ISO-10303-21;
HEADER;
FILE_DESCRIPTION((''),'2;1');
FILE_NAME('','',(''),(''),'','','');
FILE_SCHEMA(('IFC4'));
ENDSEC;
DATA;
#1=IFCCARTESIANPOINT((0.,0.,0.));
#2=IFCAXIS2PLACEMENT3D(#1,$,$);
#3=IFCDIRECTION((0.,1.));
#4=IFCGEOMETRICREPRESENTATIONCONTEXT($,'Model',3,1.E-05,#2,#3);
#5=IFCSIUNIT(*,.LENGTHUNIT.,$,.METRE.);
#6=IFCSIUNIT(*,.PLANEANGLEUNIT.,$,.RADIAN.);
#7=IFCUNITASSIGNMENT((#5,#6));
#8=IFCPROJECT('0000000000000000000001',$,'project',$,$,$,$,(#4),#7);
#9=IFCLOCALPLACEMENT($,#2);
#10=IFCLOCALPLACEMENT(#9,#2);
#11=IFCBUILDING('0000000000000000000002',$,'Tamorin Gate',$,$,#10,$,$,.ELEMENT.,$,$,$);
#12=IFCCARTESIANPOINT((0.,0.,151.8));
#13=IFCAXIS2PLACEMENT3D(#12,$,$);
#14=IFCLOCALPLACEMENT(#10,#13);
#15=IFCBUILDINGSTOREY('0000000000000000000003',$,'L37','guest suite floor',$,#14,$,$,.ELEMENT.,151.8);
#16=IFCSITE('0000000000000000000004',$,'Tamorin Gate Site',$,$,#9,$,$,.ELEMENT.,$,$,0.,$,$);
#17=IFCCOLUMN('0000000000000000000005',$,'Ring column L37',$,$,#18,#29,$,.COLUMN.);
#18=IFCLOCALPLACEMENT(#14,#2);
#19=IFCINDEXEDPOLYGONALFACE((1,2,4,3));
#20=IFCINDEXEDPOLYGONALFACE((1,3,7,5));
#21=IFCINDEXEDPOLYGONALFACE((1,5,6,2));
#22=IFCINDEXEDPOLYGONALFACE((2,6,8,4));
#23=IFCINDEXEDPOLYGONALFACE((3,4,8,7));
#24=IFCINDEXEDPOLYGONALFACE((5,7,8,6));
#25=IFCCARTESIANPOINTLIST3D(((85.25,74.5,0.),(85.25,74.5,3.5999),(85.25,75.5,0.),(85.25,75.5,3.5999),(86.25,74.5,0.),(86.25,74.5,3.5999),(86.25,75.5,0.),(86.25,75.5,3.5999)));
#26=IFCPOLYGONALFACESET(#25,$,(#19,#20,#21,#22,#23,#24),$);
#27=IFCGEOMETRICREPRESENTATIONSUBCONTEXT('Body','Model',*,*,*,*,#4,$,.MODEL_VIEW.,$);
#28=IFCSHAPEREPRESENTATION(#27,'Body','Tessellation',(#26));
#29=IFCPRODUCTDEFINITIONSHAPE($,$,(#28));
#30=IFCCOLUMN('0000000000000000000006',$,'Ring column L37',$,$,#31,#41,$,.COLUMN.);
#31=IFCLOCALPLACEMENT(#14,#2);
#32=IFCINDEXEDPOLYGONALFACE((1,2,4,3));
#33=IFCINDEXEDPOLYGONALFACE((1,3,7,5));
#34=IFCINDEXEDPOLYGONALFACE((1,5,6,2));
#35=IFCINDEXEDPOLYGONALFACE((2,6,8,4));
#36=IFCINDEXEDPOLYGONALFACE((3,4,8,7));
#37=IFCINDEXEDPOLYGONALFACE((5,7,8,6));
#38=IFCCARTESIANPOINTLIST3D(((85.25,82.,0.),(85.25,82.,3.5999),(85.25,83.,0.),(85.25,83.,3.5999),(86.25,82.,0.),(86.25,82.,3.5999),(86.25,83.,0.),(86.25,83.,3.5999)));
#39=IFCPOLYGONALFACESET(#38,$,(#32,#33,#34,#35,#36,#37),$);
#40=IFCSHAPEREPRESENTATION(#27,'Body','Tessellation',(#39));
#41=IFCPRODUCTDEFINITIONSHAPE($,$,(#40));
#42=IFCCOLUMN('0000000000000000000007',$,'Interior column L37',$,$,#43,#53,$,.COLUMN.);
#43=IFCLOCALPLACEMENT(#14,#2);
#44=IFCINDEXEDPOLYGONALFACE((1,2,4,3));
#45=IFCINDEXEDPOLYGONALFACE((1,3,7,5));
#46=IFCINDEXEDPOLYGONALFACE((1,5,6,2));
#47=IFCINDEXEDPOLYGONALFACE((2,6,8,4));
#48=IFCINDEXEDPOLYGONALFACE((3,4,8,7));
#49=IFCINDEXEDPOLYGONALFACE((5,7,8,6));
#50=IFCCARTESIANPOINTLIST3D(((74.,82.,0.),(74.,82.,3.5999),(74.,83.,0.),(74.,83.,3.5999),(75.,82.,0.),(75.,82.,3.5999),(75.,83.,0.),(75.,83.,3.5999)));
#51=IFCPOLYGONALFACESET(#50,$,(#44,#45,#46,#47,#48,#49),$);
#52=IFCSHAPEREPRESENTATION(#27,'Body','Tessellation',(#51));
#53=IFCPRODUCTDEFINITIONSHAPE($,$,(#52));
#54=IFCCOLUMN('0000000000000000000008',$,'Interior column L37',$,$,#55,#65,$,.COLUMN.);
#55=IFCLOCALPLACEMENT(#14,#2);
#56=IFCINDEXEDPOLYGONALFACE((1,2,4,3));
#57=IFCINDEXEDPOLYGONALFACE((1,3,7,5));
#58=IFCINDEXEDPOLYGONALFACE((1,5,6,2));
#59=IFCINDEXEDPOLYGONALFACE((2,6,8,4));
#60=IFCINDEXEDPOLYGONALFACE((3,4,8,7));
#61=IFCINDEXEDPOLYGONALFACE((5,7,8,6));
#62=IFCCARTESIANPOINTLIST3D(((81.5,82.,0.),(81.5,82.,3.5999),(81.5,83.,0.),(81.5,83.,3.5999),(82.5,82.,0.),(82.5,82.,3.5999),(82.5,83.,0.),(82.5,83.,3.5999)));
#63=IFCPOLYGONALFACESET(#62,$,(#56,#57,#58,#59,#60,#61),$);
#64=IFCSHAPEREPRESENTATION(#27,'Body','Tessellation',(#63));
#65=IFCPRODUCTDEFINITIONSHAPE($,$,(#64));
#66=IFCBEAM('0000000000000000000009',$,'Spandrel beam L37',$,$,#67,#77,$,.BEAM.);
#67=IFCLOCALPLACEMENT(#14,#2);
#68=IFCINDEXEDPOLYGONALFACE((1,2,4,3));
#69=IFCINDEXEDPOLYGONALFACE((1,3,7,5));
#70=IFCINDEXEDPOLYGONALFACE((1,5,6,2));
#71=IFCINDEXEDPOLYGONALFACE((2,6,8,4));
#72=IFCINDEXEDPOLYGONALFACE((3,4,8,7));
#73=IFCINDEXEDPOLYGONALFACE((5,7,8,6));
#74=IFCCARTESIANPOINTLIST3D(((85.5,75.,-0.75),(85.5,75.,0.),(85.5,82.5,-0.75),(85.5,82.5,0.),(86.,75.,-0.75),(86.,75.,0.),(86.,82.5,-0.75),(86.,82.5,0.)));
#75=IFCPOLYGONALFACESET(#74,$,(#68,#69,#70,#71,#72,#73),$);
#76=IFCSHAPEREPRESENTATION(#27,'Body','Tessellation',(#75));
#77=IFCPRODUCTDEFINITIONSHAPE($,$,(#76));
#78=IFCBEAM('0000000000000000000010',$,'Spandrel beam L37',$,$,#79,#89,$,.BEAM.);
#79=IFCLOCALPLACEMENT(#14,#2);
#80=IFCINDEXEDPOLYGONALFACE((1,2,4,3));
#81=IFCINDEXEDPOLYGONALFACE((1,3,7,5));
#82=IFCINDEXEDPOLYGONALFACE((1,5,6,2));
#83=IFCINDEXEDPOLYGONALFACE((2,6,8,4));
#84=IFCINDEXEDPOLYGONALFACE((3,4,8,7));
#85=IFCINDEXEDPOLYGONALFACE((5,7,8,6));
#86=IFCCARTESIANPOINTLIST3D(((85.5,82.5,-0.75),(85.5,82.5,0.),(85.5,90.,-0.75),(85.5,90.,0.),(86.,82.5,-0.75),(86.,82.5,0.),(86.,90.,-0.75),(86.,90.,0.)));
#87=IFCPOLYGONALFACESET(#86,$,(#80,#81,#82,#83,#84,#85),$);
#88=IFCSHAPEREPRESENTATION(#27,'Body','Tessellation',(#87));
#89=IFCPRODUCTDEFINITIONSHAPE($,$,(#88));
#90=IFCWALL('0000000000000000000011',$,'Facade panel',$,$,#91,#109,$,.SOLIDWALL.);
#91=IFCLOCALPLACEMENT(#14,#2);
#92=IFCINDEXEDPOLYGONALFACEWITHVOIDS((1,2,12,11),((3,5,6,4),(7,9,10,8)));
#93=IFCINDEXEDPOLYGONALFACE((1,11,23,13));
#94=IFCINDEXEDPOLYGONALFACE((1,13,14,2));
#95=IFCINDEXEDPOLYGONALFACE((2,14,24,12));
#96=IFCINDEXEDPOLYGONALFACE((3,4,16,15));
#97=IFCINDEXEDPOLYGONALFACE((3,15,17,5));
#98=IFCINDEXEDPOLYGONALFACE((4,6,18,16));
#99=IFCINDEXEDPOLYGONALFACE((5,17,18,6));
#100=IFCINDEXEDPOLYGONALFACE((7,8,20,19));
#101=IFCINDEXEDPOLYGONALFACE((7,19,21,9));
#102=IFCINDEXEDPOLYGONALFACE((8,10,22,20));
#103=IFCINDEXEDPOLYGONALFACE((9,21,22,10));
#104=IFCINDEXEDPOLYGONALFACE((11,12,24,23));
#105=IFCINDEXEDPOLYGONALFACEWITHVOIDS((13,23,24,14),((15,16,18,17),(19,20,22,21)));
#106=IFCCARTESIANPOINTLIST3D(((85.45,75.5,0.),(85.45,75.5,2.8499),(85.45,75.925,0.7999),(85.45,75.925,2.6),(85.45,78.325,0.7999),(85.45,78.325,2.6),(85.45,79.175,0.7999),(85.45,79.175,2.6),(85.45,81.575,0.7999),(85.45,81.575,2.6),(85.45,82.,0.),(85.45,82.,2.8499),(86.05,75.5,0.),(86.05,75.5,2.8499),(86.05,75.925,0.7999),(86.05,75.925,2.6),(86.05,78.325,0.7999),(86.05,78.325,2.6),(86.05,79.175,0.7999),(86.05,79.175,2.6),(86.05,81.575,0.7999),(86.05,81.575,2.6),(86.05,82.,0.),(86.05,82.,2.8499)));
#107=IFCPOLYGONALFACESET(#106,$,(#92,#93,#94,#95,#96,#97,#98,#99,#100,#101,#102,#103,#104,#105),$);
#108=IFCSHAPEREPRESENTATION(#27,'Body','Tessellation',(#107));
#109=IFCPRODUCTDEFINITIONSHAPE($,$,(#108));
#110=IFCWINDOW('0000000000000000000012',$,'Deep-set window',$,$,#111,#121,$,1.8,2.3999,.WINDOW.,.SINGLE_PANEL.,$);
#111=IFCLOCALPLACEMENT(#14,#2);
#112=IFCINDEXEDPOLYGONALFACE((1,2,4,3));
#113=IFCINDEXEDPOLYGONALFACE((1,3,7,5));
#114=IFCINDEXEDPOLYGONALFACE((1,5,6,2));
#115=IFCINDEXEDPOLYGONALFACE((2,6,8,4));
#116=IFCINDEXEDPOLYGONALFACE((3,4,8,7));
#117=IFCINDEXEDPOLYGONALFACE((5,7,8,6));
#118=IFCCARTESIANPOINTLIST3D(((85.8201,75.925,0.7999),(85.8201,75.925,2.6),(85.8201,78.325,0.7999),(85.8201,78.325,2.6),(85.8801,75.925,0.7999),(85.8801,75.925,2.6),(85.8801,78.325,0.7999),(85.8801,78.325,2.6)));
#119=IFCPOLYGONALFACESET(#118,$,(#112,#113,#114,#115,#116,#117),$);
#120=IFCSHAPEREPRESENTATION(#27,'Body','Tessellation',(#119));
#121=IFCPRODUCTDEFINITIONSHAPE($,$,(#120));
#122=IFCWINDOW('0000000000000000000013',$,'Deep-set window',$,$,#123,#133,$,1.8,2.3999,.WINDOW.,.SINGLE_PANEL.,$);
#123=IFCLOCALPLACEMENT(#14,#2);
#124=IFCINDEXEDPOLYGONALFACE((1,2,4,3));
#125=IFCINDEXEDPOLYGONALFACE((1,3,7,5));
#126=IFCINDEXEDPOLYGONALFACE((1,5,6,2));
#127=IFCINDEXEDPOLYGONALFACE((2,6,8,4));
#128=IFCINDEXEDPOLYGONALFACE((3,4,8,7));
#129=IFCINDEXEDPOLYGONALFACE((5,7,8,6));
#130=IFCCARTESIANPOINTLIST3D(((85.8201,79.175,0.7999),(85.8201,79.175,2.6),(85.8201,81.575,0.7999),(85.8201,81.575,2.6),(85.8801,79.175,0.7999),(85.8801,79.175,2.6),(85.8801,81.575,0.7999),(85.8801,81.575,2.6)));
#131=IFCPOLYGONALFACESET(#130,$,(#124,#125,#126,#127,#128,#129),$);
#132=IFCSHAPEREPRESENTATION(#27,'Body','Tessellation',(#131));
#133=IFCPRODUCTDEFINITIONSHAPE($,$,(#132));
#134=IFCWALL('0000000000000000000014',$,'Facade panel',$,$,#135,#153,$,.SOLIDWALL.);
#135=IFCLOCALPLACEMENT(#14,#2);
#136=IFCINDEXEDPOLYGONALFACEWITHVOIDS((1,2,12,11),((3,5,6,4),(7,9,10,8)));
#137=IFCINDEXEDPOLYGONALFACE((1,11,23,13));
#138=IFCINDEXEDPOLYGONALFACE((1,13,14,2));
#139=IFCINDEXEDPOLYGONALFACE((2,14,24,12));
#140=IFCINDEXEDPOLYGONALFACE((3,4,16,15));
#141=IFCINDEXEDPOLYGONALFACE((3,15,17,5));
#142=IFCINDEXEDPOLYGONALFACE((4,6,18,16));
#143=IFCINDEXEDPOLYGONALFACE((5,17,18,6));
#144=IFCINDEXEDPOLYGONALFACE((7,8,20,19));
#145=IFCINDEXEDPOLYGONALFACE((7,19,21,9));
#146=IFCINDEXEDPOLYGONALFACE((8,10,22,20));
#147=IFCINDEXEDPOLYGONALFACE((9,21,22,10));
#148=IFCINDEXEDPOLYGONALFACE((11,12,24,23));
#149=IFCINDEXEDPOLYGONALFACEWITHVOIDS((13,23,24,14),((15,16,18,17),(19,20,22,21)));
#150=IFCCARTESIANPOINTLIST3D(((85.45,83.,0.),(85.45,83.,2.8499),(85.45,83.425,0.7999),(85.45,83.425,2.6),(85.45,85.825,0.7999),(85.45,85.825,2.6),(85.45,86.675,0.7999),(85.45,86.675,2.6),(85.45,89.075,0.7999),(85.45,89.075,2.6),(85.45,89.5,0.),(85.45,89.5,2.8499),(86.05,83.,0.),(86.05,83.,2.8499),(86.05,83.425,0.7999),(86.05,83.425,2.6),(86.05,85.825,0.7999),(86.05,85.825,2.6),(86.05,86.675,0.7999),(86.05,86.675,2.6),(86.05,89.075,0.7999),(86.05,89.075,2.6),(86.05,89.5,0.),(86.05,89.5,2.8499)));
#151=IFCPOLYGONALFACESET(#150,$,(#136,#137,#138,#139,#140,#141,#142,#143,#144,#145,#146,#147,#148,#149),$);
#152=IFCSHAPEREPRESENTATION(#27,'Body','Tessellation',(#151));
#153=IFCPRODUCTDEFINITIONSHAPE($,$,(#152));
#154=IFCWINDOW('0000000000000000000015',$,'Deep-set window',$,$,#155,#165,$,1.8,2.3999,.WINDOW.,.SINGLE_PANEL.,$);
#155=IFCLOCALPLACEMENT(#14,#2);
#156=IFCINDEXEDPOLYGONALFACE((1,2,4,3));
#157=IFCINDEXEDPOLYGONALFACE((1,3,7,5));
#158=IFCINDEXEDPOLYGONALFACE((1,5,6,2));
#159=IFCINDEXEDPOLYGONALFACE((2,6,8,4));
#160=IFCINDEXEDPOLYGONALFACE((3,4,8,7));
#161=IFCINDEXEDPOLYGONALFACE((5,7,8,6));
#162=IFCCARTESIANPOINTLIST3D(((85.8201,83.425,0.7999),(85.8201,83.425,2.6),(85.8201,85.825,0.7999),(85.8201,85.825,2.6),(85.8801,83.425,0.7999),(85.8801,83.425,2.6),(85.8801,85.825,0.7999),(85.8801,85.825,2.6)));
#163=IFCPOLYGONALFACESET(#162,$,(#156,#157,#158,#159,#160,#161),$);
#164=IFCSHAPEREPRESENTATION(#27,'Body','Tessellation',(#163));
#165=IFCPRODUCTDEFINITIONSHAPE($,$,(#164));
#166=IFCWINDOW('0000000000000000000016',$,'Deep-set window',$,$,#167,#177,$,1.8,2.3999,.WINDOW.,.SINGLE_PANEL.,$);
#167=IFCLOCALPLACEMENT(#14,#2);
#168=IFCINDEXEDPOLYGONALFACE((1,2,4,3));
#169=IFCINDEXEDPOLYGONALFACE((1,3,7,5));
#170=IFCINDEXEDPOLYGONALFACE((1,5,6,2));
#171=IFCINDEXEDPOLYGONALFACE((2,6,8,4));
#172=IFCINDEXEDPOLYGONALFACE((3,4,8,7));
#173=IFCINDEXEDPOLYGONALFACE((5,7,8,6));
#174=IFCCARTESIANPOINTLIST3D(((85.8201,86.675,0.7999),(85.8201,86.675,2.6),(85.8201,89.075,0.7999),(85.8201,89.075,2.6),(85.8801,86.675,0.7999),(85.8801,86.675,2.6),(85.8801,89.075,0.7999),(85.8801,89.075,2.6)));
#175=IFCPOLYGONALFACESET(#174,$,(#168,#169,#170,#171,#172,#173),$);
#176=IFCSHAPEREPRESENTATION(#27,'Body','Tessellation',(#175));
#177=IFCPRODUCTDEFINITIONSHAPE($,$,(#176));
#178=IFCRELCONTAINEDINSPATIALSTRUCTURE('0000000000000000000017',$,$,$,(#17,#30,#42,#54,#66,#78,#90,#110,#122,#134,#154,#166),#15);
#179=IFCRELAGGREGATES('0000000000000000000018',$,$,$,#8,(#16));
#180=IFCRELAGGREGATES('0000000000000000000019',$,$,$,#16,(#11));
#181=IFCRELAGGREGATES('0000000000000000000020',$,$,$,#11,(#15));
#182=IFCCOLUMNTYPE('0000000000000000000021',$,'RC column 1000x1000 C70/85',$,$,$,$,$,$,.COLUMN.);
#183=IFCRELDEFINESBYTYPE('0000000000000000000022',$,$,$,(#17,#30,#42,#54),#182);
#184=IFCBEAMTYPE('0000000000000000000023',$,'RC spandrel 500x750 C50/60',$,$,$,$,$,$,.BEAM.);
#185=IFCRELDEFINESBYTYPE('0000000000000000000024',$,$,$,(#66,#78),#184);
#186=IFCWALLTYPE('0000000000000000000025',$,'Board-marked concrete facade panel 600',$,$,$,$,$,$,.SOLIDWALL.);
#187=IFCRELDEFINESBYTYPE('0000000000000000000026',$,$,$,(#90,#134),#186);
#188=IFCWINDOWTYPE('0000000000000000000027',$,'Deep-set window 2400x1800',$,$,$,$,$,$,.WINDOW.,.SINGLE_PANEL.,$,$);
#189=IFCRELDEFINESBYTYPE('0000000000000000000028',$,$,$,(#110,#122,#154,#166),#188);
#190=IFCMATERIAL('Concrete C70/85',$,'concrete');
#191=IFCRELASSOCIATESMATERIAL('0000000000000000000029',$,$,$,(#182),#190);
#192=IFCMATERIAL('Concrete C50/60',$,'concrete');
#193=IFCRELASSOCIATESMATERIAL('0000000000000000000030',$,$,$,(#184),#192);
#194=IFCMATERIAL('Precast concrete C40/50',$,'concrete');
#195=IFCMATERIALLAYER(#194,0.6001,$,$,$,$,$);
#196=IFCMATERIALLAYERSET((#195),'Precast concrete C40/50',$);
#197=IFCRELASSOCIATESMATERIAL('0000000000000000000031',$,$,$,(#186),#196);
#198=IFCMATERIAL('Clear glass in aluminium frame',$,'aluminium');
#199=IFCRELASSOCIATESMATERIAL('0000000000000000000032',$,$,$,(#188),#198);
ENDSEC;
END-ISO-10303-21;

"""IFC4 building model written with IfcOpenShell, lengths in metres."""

from ifc_helpers import new_model, si_unit, direction, frame, frame_2d, origin, origin_2d, place, context, subcontext, project, spatial, rectangle, extrude, material, layer, layer_set, material_profile, profile_set, type_object, element, fill, save


model = new_model("IFC4")

# Units and contexts
model_context = context("Model", 3, precision=1e-05, world=origin(), true_north=direction((0.0, 1.0)))
body_context = subcontext(model_context, "Body", "Model", "MODEL_VIEW")
ifc_project = project(units=[si_unit("LENGTHUNIT", "METRE"), si_unit("PLANEANGLEUNIT", "RADIAN")], contexts=[model_context])

# Site, building, storey
site_placement = place(None, origin())
site = spatial("IfcSite", under=ifc_project, at=site_placement, Name="Tamorin Gate Site", CompositionType="ELEMENT", RefElevation=0.0)
building_placement = place(site_placement, origin())
building = spatial("IfcBuilding", under=site, at=building_placement, Name="Tamorin Gate", CompositionType="ELEMENT")
storey_placement = place(building_placement, frame((0.0, 0.0, 151.8)))
storey = spatial("IfcBuildingStorey", under=building, at=storey_placement, Name="L37", Description="guest suite floor", CompositionType="ELEMENT", Elevation=151.8)

# Columns
ifc_material_1 = material(Name="Concrete C70/85", Category="concrete")
ifc_material_profile_1 = material_profile(ifc_material_1, rectangle(XDim=1.0, YDim=1.0, at=origin_2d()), Name="RC 1000x1000")
ifc_profile_set_1 = profile_set([ifc_material_profile_1], Name="Concrete C70/85")
column_type = type_object("IfcColumnType", Name="RC column 1000x1000 C70/85", PredefinedType="COLUMN", material=ifc_profile_set_1)
for number, where, z_axis, x_axis, name in (
    (1, (85.75, 75.0, 0.0), (0.0, 0.0, 1.0), (1.0, 0.0, 0.0), "Ring column L37"),
    (2, (85.75, 82.5, 0.0), (0.0, 0.0, 1.0), (1.0, 0.0, 0.0), "Ring column L37"),
    (3, (74.5, 82.5, 0.0), (0.0, 0.0, 1.0), (1.0, 0.0, 0.0), "Interior column L37"),
    (4, (82.0, 82.5, 0.0), (0.0, 0.0, 1.0), (1.0, 0.0, 0.0), "Interior column L37"),
):
    element("IfcColumn", number, at=place(storey_placement, frame(where, z_axis=z_axis, x_axis=x_axis)), inside=storey, type_object=column_type, Name=name, PredefinedType="COLUMN", context=body_context, shape_type="SweptSolid", body=[
        extrude(rectangle(XDim=1.0, YDim=1.0, at=origin_2d()), origin(), (0.0, 0.0, 1.0), 3.5999),
    ])

# Beams
ifc_material_2 = material(Name="Concrete C50/60", Category="concrete")
ifc_material_profile_2 = material_profile(ifc_material_2, rectangle(XDim=0.5, YDim=0.75, at=origin_2d()), Name="RC 500x750")
ifc_profile_set_2 = profile_set([ifc_material_profile_2], Name="Concrete C50/60")
beam_type = type_object("IfcBeamType", Name="RC spandrel 500x750 C50/60", PredefinedType="BEAM", material=ifc_profile_set_2)
for number, where, z_axis, x_axis, name in (
    (5, (85.75, 75.0, -0.375), (0.0, 1.0, 0.0), (-1.0, 0.0, 0.0), "Spandrel beam L37"),
    (6, (85.75, 82.5, -0.375), (0.0, 1.0, 0.0), (-1.0, 0.0, 0.0), "Spandrel beam L37"),
):
    element("IfcBeam", number, at=place(storey_placement, frame(where, z_axis=z_axis, x_axis=x_axis)), inside=storey, type_object=beam_type, Name=name, PredefinedType="BEAM", context=body_context, shape_type="SweptSolid", body=[
        extrude(rectangle(XDim=0.5, YDim=0.75, at=origin_2d()), origin(), (0.0, 0.0, 1.0), 7.5),
    ])

# Walls, openings, windows
ifc_material_3 = material(Name="Precast concrete C40/50", Category="concrete")
ifc_layer_1 = layer(ifc_material_3, 0.6001)
ifc_layer_set_1 = layer_set([ifc_layer_1], Name="Precast concrete C40/50")
wall_type_1 = type_object("IfcWallType", Name="Board-marked concrete facade panel 600", PredefinedType="SOLIDWALL", material=ifc_layer_set_1)
wall_1_placement = place(storey_placement, frame((85.75, 75.5, 0.0), z_axis=(0.0, 0.0, 1.0), x_axis=(0.0, 1.0, 0.0)))
wall_1 = element("IfcWall", 7, at=wall_1_placement, inside=storey, type_object=wall_type_1, Name="Facade panel", PredefinedType="SOLIDWALL", context=body_context, shape_type="SweptSolid", body=[
    extrude(rectangle(XDim=6.5, YDim=0.6001, at=frame_2d((3.25, 0.0))), origin(), (0.0, 0.0, 1.0), 2.8499),
])
opening_1_placement = place(wall_1_placement, frame((0.425, 0.0, 0.8)))
opening_1 = element("IfcOpeningElement", 8, at=opening_1_placement, cuts=wall_1, PredefinedType="OPENING", context=body_context, shape_type="SweptSolid", body=[
    extrude(rectangle(XDim=2.3999, YDim=1.8, at=frame_2d((1.2, 0.8999))), frame((0.0, 0.3101, 0.0), z_axis=(0.0, -1.0, 0.0), x_axis=(1.0, 0.0, 0.0)), (0.0, 0.0, 1.0), 0.6201),
])
opening_2_placement = place(wall_1_placement, frame((3.675, 0.0, 0.8)))
opening_2 = element("IfcOpeningElement", 9, at=opening_2_placement, cuts=wall_1, PredefinedType="OPENING", context=body_context, shape_type="SweptSolid", body=[
    extrude(rectangle(XDim=2.3999, YDim=1.8, at=frame_2d((1.2, 0.8999))), frame((0.0, 0.3101, 0.0), z_axis=(0.0, -1.0, 0.0), x_axis=(1.0, 0.0, 0.0)), (0.0, 0.0, 1.0), 0.6201),
])
ifc_material_4 = material(Name="Clear glass in aluminium frame", Category="aluminium")
window_type = type_object("IfcWindowType", Name="Deep-set window 2400x1800", PartitioningType="SINGLE_PANEL", PredefinedType="WINDOW", material=ifc_material_4)
window_1_placement = place(opening_1_placement, origin())
window_1 = element("IfcWindow", 10, at=window_1_placement, inside=storey, type_object=window_type, Name="Deep-set window", OverallHeight=1.8, OverallWidth=2.3999, PartitioningType="SINGLE_PANEL", PredefinedType="WINDOW", context=body_context, shape_type="SweptSolid", body=[
    extrude(rectangle(XDim=2.3999, YDim=1.8, at=frame_2d((1.2, 0.8999))), frame((0.0, -0.0701, 0.0), z_axis=(0.0, -1.0, 0.0), x_axis=(1.0, 0.0, 0.0)), (0.0, 0.0, 1.0), 0.0601),
])
fill(opening_1, window_1)
window_2_placement = place(opening_2_placement, origin())
window_2 = element("IfcWindow", 11, at=window_2_placement, inside=storey, type_object=window_type, Name="Deep-set window", OverallHeight=1.8, OverallWidth=2.3999, PartitioningType="SINGLE_PANEL", PredefinedType="WINDOW", context=body_context, shape_type="SweptSolid", body=[
    extrude(rectangle(XDim=2.3999, YDim=1.8, at=frame_2d((1.2, 0.8999))), frame((0.0, -0.0701, 0.0), z_axis=(0.0, -1.0, 0.0), x_axis=(1.0, 0.0, 0.0)), (0.0, 0.0, 1.0), 0.0601),
])
fill(opening_2, window_2)
wall_2_placement = place(storey_placement, frame((85.75, 83.0, 0.0), z_axis=(0.0, 0.0, 1.0), x_axis=(0.0, 1.0, 0.0)))
wall_2 = element("IfcWall", 12, at=wall_2_placement, inside=storey, type_object=wall_type_1, Name="Facade panel", PredefinedType="SOLIDWALL", context=body_context, shape_type="SweptSolid", body=[
    extrude(rectangle(XDim=6.5, YDim=0.6001, at=frame_2d((3.25, 0.0))), origin(), (0.0, 0.0, 1.0), 2.8499),
])
opening_3_placement = place(wall_2_placement, frame((0.425, 0.0, 0.8)))
opening_3 = element("IfcOpeningElement", 13, at=opening_3_placement, cuts=wall_2, PredefinedType="OPENING", context=body_context, shape_type="SweptSolid", body=[
    extrude(rectangle(XDim=2.3999, YDim=1.8, at=frame_2d((1.2, 0.8999))), frame((0.0, 0.3101, 0.0), z_axis=(0.0, -1.0, 0.0), x_axis=(1.0, 0.0, 0.0)), (0.0, 0.0, 1.0), 0.6201),
])
opening_4_placement = place(wall_2_placement, frame((3.675, 0.0, 0.8)))
opening_4 = element("IfcOpeningElement", 14, at=opening_4_placement, cuts=wall_2, PredefinedType="OPENING", context=body_context, shape_type="SweptSolid", body=[
    extrude(rectangle(XDim=2.3999, YDim=1.8, at=frame_2d((1.2, 0.8999))), frame((0.0, 0.3101, 0.0), z_axis=(0.0, -1.0, 0.0), x_axis=(1.0, 0.0, 0.0)), (0.0, 0.0, 1.0), 0.6201),
])
window_3_placement = place(opening_3_placement, origin())
window_3 = element("IfcWindow", 15, at=window_3_placement, inside=storey, type_object=window_type, Name="Deep-set window", OverallHeight=1.8, OverallWidth=2.3999, PartitioningType="SINGLE_PANEL", PredefinedType="WINDOW", context=body_context, shape_type="SweptSolid", body=[
    extrude(rectangle(XDim=2.3999, YDim=1.8, at=frame_2d((1.2, 0.8999))), frame((0.0, -0.0701, 0.0), z_axis=(0.0, -1.0, 0.0), x_axis=(1.0, 0.0, 0.0)), (0.0, 0.0, 1.0), 0.0601),
])
fill(opening_3, window_3)
window_4_placement = place(opening_4_placement, origin())
window_4 = element("IfcWindow", 16, at=window_4_placement, inside=storey, type_object=window_type, Name="Deep-set window", OverallHeight=1.8, OverallWidth=2.3999, PartitioningType="SINGLE_PANEL", PredefinedType="WINDOW", context=body_context, shape_type="SweptSolid", body=[
    extrude(rectangle(XDim=2.3999, YDim=1.8, at=frame_2d((1.2, 0.8999))), frame((0.0, -0.0701, 0.0), z_axis=(0.0, -1.0, 0.0), x_axis=(1.0, 0.0, 0.0)), (0.0, 0.0, 1.0), 0.0601),
])
fill(opening_4, window_4)

save(model, "model.ifc")
